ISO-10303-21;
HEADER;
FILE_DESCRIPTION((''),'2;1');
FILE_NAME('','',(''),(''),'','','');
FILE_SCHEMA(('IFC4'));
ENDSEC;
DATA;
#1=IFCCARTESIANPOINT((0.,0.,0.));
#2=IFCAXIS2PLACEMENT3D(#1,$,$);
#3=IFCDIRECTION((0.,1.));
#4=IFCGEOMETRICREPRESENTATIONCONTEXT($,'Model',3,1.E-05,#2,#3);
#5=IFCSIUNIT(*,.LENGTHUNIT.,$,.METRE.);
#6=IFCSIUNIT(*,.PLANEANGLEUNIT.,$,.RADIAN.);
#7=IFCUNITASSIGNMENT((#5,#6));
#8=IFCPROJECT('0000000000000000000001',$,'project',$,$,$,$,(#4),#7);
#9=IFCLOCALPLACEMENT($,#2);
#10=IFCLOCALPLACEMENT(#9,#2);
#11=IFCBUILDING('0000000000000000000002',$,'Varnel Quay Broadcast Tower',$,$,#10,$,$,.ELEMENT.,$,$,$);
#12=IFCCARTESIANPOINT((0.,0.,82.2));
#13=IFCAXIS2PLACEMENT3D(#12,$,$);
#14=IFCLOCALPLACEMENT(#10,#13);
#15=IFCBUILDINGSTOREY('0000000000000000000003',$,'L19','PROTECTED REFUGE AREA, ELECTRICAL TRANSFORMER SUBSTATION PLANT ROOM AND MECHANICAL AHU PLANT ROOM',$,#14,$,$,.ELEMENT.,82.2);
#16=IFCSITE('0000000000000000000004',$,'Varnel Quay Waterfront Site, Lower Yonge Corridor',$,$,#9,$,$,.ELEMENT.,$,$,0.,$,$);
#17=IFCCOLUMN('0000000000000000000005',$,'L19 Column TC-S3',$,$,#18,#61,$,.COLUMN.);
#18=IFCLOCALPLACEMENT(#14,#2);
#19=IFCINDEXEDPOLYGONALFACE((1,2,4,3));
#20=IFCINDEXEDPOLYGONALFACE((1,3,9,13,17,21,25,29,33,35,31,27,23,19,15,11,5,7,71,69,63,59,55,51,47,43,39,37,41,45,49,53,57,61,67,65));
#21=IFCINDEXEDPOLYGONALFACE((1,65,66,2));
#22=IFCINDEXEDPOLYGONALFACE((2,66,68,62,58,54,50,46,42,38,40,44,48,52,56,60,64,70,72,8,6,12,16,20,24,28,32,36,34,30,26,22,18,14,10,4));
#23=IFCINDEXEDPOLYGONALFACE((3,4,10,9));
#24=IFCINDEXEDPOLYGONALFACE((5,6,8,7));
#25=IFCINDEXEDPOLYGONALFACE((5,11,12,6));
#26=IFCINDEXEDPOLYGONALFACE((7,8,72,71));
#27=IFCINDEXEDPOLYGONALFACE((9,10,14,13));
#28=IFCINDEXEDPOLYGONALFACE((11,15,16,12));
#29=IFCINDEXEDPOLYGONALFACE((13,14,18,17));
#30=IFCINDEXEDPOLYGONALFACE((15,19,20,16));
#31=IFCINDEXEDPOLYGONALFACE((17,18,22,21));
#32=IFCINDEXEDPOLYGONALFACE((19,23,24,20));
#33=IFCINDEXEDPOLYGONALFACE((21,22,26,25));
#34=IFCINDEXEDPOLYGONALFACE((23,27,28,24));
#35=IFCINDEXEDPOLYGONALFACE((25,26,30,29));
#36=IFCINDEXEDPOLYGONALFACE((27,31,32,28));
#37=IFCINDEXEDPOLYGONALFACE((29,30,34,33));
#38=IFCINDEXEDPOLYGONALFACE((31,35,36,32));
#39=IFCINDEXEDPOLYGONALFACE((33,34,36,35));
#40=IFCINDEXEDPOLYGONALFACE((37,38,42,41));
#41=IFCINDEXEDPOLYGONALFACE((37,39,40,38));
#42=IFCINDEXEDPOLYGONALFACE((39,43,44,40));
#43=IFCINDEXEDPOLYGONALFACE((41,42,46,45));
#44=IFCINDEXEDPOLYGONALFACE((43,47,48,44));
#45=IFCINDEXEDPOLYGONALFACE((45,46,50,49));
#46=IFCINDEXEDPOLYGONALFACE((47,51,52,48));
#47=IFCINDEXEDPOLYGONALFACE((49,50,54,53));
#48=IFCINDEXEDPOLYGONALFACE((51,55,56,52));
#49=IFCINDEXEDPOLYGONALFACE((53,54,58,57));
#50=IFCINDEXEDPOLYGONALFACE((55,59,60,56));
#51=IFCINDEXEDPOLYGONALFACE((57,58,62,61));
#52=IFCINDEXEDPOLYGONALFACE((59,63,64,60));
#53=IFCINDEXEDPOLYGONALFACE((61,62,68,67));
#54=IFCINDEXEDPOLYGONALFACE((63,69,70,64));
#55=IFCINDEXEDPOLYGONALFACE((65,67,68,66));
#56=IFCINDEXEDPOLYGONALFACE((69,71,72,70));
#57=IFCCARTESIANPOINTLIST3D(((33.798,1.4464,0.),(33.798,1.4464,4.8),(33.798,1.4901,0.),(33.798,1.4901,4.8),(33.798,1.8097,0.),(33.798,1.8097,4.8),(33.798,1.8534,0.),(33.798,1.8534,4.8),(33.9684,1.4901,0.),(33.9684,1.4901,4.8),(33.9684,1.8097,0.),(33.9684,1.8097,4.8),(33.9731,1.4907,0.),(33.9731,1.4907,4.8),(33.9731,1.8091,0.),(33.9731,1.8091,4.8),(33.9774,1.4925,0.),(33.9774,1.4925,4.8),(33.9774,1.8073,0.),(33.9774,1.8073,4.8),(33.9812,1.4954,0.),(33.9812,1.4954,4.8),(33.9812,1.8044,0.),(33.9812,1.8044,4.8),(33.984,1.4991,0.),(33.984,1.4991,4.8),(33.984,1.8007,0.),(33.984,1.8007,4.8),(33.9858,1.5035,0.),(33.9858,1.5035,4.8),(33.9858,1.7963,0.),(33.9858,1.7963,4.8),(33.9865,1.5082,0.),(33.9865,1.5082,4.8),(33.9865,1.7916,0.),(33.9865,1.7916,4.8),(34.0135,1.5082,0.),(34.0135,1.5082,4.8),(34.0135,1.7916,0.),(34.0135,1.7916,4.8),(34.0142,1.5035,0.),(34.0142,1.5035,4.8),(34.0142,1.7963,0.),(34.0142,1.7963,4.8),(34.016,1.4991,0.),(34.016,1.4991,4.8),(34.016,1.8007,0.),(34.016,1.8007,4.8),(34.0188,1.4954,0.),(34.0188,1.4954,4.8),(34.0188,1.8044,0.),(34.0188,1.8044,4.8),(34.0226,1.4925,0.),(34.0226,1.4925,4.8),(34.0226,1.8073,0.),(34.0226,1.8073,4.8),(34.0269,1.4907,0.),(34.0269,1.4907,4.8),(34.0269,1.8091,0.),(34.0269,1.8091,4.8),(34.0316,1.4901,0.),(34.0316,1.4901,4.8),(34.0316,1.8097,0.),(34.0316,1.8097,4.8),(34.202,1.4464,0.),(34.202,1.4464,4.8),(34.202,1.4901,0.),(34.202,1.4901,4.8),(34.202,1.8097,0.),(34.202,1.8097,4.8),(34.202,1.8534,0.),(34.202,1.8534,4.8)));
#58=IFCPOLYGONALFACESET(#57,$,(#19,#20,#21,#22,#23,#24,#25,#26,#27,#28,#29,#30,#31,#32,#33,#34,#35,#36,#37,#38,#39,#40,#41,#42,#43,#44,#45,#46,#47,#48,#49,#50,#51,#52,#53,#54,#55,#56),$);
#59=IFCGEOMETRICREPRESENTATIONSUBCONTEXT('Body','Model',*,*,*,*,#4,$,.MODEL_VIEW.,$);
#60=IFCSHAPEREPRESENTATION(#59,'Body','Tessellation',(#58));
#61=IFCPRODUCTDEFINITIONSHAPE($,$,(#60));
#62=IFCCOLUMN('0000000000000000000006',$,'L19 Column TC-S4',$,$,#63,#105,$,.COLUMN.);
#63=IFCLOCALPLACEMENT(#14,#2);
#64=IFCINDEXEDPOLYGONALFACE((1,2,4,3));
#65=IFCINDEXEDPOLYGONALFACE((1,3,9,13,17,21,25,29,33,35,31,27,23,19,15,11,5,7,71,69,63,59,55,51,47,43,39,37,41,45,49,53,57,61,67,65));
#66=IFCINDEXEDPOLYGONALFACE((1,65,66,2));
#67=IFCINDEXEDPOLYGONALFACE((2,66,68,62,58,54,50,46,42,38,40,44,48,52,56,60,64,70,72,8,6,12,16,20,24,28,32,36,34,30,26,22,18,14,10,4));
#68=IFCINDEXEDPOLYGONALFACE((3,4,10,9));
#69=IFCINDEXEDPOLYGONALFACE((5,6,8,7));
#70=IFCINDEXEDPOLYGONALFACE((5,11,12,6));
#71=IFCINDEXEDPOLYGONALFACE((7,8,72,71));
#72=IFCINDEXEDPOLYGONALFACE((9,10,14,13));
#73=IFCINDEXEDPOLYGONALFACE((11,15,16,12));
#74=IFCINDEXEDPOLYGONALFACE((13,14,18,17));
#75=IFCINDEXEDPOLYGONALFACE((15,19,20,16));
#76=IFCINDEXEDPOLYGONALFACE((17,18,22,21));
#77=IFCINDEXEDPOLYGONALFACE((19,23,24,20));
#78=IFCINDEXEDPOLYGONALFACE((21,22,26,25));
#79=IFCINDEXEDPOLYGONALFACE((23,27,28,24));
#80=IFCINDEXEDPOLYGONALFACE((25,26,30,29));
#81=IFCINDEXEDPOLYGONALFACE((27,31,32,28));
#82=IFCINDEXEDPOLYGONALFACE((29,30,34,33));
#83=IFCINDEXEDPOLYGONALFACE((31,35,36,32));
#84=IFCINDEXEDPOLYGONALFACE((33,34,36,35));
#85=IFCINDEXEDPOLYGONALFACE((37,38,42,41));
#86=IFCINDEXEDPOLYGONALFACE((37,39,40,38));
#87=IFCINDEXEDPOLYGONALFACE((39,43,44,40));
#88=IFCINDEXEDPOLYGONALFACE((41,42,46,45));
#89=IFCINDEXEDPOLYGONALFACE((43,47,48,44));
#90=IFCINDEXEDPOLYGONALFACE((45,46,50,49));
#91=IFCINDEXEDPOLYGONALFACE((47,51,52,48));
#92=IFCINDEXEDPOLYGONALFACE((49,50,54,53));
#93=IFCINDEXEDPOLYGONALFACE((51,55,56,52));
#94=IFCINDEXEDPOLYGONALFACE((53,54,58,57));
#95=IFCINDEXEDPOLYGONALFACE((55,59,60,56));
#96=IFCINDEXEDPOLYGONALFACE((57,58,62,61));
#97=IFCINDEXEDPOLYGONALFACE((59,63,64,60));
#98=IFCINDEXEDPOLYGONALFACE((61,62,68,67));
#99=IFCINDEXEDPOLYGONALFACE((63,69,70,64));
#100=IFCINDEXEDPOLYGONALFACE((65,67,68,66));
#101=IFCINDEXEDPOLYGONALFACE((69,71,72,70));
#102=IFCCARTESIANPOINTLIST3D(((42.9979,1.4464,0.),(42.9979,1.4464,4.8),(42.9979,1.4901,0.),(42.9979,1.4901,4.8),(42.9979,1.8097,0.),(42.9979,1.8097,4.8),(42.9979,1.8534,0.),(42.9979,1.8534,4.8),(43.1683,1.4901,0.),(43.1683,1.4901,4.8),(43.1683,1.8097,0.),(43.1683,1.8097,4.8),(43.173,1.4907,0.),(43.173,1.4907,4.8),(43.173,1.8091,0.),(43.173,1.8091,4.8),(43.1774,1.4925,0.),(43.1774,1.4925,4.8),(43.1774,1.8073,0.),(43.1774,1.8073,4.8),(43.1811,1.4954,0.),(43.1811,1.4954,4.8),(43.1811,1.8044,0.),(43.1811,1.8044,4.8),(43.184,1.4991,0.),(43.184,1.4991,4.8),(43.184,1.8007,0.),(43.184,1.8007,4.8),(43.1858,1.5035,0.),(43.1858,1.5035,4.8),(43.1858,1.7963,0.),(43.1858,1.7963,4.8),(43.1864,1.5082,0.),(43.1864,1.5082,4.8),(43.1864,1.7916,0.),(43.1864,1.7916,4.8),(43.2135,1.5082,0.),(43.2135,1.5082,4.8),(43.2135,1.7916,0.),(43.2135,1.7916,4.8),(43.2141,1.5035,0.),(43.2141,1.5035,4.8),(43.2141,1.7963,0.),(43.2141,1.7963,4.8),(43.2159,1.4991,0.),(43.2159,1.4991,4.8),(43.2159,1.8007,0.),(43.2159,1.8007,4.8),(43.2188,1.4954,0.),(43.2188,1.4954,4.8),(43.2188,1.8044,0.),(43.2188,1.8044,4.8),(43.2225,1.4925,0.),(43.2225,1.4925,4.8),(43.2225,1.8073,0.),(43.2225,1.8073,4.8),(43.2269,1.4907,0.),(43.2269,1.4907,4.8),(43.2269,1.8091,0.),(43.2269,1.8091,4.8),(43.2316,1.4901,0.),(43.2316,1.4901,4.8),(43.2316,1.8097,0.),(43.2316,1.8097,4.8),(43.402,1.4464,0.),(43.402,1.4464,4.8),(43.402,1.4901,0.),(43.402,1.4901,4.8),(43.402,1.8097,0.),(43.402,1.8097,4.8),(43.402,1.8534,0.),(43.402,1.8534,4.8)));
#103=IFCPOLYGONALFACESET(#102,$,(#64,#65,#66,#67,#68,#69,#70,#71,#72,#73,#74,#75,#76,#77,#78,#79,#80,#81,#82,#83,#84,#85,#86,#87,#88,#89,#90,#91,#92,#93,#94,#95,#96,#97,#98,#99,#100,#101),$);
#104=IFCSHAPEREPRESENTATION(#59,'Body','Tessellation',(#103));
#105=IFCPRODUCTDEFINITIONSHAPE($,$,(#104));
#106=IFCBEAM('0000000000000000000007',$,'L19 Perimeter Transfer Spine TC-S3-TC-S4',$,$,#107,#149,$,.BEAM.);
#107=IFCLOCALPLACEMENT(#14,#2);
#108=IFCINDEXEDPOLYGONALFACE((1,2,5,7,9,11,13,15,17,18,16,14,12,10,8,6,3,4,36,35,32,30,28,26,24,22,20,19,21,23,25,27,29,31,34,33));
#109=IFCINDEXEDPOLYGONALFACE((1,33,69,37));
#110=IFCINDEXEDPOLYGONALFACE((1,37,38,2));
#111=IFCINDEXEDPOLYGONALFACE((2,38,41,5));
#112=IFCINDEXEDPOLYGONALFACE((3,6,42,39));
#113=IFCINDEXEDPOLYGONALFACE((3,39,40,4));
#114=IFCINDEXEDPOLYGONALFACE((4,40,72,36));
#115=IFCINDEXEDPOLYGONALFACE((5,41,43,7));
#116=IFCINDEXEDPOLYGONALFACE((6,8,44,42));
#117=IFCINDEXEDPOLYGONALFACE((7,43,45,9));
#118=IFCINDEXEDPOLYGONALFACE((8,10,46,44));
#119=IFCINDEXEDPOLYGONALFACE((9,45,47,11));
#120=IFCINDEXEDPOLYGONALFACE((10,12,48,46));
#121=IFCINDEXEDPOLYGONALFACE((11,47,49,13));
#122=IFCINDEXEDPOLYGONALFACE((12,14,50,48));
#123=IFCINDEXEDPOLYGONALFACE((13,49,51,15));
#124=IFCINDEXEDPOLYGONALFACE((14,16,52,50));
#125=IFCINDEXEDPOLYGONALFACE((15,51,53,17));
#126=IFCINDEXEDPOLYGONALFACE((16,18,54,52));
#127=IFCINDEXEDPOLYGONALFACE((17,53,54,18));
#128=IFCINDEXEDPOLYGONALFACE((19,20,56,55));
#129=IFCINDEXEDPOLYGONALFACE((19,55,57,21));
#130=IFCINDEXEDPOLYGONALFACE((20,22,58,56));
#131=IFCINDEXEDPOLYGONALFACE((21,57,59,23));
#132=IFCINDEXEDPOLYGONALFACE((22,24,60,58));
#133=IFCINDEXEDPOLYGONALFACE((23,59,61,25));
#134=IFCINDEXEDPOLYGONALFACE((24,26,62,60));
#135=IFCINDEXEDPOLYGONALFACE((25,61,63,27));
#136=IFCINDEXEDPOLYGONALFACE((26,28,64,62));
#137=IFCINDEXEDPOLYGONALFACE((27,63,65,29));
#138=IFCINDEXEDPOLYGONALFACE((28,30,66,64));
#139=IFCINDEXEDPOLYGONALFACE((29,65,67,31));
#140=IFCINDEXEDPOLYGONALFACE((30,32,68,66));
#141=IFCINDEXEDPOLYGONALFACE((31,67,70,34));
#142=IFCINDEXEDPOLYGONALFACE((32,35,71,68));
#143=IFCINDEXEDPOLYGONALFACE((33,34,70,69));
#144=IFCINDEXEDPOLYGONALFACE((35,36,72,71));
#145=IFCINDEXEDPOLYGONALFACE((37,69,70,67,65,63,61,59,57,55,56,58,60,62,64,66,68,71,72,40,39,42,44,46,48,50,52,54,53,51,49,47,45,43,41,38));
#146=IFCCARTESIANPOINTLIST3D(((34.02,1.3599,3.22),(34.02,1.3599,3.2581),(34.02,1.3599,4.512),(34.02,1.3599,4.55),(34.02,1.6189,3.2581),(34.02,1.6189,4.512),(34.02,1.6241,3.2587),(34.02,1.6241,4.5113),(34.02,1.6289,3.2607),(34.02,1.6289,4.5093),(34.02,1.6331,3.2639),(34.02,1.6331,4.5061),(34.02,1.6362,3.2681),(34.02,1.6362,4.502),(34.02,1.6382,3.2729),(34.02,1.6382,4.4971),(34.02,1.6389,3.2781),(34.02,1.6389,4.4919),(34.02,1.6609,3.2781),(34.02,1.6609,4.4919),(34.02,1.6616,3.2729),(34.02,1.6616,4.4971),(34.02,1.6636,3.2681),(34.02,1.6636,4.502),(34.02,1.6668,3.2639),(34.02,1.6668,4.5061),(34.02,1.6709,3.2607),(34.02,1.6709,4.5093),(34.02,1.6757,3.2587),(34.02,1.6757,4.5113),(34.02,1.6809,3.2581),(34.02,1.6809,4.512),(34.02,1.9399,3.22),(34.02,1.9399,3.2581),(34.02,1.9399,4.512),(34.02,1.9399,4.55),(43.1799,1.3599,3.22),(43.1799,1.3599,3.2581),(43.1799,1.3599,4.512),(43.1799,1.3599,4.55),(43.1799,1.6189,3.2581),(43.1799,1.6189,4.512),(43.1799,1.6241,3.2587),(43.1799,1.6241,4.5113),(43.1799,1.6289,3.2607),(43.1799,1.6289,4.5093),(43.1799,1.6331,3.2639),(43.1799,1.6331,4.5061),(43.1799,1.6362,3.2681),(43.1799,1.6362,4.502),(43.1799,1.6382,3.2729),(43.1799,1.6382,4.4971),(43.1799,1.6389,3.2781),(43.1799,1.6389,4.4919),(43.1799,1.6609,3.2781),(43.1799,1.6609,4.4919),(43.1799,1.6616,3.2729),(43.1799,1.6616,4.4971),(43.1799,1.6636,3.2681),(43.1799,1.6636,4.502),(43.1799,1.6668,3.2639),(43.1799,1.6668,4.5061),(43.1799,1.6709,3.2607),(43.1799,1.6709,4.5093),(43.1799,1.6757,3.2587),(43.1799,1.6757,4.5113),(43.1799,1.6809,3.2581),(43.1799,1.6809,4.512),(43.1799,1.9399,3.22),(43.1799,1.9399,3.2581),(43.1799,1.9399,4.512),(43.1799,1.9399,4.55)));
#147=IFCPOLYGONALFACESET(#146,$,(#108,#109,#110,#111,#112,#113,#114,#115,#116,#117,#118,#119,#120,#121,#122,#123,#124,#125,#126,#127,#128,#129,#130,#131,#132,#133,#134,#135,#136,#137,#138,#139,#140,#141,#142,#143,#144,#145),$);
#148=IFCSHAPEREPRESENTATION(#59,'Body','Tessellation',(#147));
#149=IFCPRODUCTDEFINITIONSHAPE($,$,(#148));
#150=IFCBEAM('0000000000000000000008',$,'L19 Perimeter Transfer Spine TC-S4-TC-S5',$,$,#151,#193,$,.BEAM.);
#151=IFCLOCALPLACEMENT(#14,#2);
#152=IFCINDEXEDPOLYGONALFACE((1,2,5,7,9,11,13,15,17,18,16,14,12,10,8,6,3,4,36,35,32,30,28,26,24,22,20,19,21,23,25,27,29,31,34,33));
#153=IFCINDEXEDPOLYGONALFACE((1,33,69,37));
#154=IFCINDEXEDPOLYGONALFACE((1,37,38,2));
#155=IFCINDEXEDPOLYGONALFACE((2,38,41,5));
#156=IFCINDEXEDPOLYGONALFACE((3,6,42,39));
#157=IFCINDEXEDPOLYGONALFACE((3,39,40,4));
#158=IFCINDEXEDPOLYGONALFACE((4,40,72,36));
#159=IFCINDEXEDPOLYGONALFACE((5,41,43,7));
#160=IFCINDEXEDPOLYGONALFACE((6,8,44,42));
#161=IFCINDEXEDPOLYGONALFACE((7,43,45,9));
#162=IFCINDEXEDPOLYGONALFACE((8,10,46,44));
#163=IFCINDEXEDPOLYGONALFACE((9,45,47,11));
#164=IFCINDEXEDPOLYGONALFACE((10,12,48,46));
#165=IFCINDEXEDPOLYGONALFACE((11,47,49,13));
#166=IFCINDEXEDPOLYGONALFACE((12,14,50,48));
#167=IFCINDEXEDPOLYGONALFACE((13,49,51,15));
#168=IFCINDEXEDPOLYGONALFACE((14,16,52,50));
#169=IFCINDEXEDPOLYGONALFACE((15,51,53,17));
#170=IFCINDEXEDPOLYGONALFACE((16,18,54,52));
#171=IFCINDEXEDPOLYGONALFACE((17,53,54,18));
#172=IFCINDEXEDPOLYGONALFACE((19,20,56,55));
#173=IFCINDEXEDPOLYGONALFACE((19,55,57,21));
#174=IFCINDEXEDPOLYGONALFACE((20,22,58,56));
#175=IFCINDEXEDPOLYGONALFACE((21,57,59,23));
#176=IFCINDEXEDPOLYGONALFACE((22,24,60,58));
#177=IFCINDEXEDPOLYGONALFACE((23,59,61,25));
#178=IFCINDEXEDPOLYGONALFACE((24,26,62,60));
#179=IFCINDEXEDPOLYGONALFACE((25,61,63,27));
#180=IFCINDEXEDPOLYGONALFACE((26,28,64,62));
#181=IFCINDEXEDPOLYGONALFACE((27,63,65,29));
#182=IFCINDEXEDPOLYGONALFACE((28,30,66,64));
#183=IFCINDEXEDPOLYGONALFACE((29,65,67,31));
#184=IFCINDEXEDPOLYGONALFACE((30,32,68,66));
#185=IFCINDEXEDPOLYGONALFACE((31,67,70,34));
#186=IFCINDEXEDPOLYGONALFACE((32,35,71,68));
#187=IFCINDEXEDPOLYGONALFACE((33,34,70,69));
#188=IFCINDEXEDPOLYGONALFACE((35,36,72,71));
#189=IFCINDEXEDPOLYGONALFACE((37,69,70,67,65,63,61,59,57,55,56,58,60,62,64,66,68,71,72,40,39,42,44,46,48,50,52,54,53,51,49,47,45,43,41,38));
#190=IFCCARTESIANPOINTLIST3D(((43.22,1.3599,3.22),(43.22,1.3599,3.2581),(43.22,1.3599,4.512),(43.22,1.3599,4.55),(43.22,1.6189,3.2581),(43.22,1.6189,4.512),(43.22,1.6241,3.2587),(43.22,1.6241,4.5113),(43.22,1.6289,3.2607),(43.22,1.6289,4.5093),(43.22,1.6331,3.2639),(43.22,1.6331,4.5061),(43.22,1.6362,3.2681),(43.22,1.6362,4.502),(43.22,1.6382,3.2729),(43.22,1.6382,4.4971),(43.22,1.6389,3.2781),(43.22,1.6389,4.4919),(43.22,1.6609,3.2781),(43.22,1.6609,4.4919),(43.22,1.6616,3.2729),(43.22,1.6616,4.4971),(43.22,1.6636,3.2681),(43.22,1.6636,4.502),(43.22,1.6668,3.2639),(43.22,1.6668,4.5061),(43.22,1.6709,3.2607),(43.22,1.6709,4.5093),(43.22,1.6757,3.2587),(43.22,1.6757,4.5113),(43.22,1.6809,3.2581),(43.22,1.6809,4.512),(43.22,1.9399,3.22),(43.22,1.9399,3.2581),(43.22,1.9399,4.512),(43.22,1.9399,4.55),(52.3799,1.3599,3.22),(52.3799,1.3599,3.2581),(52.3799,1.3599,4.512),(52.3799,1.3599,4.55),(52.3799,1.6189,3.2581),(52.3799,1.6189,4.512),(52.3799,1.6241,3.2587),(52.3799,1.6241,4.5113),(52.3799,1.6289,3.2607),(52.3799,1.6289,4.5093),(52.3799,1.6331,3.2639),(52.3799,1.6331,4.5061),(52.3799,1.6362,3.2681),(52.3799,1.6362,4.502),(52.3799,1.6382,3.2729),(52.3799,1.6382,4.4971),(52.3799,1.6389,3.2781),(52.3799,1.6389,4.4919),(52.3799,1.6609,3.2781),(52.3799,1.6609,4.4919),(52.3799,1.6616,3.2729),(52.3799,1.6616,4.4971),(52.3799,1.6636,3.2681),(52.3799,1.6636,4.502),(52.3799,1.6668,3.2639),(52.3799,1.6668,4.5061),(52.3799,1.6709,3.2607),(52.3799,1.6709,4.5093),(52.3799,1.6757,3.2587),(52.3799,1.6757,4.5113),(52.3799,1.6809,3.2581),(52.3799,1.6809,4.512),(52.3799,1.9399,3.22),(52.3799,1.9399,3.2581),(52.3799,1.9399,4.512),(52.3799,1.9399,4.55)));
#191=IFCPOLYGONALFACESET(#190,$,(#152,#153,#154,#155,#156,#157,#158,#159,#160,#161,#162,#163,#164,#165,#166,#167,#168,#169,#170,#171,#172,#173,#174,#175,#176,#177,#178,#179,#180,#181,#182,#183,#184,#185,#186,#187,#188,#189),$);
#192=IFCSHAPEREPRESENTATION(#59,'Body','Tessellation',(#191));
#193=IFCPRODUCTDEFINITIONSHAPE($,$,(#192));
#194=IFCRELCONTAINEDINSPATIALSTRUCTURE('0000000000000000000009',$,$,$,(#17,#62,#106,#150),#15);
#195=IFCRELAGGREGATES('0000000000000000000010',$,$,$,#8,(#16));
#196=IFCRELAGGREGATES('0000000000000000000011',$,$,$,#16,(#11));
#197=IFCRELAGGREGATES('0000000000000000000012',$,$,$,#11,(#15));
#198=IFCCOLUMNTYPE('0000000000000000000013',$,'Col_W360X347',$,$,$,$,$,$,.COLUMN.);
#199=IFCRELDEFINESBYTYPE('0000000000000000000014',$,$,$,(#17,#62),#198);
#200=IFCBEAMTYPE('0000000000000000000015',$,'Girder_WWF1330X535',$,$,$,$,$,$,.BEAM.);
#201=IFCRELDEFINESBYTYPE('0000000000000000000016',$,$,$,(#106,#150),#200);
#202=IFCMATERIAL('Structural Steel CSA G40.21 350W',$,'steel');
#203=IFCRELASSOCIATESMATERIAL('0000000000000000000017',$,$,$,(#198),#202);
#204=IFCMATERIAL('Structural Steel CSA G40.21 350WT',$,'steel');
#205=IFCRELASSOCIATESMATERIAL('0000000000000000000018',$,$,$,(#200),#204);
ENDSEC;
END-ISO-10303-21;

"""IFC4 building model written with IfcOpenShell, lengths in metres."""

from ifc_helpers import new_model, si_unit, direction, frame, origin, origin_2d, place, context, subcontext, project, spatial, i_section, extrude, source, transform, mapped, material, material_profile, profile_set, type_object, type_shapes, element, save


model = new_model("IFC4")

# Units and contexts
model_context = context("Model", 3, precision=1e-05, world=origin(), true_north=direction((0.0, 1.0)))
body_context = subcontext(model_context, "Body", "Model", "MODEL_VIEW")
ifc_project = project(units=[si_unit("LENGTHUNIT", "METRE"), si_unit("PLANEANGLEUNIT", "RADIAN")], contexts=[model_context])

# Site, building, storey
site_placement = place(None, origin())
site = spatial("IfcSite", under=ifc_project, at=site_placement, Name="Varnel Quay Waterfront Site, Lower Yonge Corridor", CompositionType="ELEMENT", RefElevation=0.0)
building_placement = place(site_placement, origin())
building = spatial("IfcBuilding", under=site, at=building_placement, Name="Varnel Quay Broadcast Tower", CompositionType="ELEMENT")
storey_placement = place(building_placement, frame((0.0, 0.0, 82.2)))
storey = spatial("IfcBuildingStorey", under=building, at=storey_placement, Name="L19", Description="PROTECTED REFUGE AREA, ELECTRICAL TRANSFORMER SUBSTATION PLANT ROOM AND MECHANICAL AHU PLANT ROOM", CompositionType="ELEMENT", Elevation=82.2)

# Columns
ifc_material_1 = material(Name="Structural Steel CSA G40.21 350W", Category="steel")
ifc_material_profile_1 = material_profile(ifc_material_1, i_section(OverallWidth=0.4041, OverallDepth=0.407, WebThickness=0.0271, FlangeThickness=0.0437, FilletRadius=0.0181, at=origin_2d()), Name="W360X347")
ifc_profile_set_1 = profile_set([ifc_material_profile_1], Name="Structural Steel CSA G40.21 350W")
column_type = type_object("IfcColumnType", Name="Col_W360X347", PredefinedType="COLUMN", material=ifc_profile_set_1)
shared_shape_1 = source(origin(), body_context, "Body", "SweptSolid", [
    extrude(i_section(OverallWidth=0.4041, OverallDepth=0.407, WebThickness=0.0271, FlangeThickness=0.0437, FilletRadius=0.0181, at=origin_2d()), origin(), (0.0, 0.0, 1.0), 4.8),
])
type_shapes(column_type, [shared_shape_1])
for number, where, z_axis, x_axis, name in (
    (1, (34.0, 1.6499, 0.0), (0.0, 0.0, 1.0), (1.0, 0.0, 0.0), "L19 Column TC-S3"),
    (2, (43.2, 1.6499, 0.0), (0.0, 0.0, 1.0), (1.0, 0.0, 0.0), "L19 Column TC-S4"),
):
    element("IfcColumn", number, at=place(storey_placement, frame(where, z_axis=z_axis, x_axis=x_axis)), inside=storey, type_object=column_type, Name=name, PredefinedType="COLUMN", context=body_context, shape_type="MappedRepresentation", body=[
        mapped(shared_shape_1, transform((0.0, 0.0, 0.0), x_axis=(1.0, 0.0, 0.0), y_axis=(0.0, 1.0, 0.0), z_axis=(0.0, 0.0, 1.0), scale=1.0)),
    ])

# Beams
ifc_material_2 = material(Name="Structural Steel CSA G40.21 350WT", Category="steel")
ifc_material_profile_2 = material_profile(ifc_material_2, i_section(OverallWidth=0.5801, OverallDepth=1.3301, WebThickness=0.022, FlangeThickness=0.0381, FilletRadius=0.02, at=origin_2d()), Name="WWF1330X535")
ifc_profile_set_2 = profile_set([ifc_material_profile_2], Name="Structural Steel CSA G40.21 350WT")
beam_type = type_object("IfcBeamType", Name="Girder_WWF1330X535", PredefinedType="BEAM", material=ifc_profile_set_2)
shared_shape_2 = source(origin(), body_context, "Body", "SweptSolid", [
    extrude(i_section(OverallWidth=0.5801, OverallDepth=1.3301, WebThickness=0.022, FlangeThickness=0.0381, FilletRadius=0.02, at=origin_2d()), origin(), (0.0, 0.0, 1.0), 9.1599),
])
for number, where, z_axis, x_axis, name in (
    (3, (34.02, 1.6499, 3.885), (1.0, 0.0, 0.0), (0.0, 1.0, 0.0), "L19 Perimeter Transfer Spine TC-S3-TC-S4"),
    (4, (43.22, 1.6499, 3.885), (1.0, 0.0, 0.0), (0.0, 1.0, 0.0), "L19 Perimeter Transfer Spine TC-S4-TC-S5"),
):
    element("IfcBeam", number, at=place(storey_placement, frame(where, z_axis=z_axis, x_axis=x_axis)), inside=storey, type_object=beam_type, Name=name, PredefinedType="BEAM", context=body_context, shape_type="MappedRepresentation", body=[
        mapped(shared_shape_2, transform((0.0, 0.0, 0.0), x_axis=(1.0, 0.0, 0.0), y_axis=(0.0, 1.0, 0.0), z_axis=(0.0, 0.0, 1.0), scale=1.0)),
    ])

save(model, "model.ifc")
